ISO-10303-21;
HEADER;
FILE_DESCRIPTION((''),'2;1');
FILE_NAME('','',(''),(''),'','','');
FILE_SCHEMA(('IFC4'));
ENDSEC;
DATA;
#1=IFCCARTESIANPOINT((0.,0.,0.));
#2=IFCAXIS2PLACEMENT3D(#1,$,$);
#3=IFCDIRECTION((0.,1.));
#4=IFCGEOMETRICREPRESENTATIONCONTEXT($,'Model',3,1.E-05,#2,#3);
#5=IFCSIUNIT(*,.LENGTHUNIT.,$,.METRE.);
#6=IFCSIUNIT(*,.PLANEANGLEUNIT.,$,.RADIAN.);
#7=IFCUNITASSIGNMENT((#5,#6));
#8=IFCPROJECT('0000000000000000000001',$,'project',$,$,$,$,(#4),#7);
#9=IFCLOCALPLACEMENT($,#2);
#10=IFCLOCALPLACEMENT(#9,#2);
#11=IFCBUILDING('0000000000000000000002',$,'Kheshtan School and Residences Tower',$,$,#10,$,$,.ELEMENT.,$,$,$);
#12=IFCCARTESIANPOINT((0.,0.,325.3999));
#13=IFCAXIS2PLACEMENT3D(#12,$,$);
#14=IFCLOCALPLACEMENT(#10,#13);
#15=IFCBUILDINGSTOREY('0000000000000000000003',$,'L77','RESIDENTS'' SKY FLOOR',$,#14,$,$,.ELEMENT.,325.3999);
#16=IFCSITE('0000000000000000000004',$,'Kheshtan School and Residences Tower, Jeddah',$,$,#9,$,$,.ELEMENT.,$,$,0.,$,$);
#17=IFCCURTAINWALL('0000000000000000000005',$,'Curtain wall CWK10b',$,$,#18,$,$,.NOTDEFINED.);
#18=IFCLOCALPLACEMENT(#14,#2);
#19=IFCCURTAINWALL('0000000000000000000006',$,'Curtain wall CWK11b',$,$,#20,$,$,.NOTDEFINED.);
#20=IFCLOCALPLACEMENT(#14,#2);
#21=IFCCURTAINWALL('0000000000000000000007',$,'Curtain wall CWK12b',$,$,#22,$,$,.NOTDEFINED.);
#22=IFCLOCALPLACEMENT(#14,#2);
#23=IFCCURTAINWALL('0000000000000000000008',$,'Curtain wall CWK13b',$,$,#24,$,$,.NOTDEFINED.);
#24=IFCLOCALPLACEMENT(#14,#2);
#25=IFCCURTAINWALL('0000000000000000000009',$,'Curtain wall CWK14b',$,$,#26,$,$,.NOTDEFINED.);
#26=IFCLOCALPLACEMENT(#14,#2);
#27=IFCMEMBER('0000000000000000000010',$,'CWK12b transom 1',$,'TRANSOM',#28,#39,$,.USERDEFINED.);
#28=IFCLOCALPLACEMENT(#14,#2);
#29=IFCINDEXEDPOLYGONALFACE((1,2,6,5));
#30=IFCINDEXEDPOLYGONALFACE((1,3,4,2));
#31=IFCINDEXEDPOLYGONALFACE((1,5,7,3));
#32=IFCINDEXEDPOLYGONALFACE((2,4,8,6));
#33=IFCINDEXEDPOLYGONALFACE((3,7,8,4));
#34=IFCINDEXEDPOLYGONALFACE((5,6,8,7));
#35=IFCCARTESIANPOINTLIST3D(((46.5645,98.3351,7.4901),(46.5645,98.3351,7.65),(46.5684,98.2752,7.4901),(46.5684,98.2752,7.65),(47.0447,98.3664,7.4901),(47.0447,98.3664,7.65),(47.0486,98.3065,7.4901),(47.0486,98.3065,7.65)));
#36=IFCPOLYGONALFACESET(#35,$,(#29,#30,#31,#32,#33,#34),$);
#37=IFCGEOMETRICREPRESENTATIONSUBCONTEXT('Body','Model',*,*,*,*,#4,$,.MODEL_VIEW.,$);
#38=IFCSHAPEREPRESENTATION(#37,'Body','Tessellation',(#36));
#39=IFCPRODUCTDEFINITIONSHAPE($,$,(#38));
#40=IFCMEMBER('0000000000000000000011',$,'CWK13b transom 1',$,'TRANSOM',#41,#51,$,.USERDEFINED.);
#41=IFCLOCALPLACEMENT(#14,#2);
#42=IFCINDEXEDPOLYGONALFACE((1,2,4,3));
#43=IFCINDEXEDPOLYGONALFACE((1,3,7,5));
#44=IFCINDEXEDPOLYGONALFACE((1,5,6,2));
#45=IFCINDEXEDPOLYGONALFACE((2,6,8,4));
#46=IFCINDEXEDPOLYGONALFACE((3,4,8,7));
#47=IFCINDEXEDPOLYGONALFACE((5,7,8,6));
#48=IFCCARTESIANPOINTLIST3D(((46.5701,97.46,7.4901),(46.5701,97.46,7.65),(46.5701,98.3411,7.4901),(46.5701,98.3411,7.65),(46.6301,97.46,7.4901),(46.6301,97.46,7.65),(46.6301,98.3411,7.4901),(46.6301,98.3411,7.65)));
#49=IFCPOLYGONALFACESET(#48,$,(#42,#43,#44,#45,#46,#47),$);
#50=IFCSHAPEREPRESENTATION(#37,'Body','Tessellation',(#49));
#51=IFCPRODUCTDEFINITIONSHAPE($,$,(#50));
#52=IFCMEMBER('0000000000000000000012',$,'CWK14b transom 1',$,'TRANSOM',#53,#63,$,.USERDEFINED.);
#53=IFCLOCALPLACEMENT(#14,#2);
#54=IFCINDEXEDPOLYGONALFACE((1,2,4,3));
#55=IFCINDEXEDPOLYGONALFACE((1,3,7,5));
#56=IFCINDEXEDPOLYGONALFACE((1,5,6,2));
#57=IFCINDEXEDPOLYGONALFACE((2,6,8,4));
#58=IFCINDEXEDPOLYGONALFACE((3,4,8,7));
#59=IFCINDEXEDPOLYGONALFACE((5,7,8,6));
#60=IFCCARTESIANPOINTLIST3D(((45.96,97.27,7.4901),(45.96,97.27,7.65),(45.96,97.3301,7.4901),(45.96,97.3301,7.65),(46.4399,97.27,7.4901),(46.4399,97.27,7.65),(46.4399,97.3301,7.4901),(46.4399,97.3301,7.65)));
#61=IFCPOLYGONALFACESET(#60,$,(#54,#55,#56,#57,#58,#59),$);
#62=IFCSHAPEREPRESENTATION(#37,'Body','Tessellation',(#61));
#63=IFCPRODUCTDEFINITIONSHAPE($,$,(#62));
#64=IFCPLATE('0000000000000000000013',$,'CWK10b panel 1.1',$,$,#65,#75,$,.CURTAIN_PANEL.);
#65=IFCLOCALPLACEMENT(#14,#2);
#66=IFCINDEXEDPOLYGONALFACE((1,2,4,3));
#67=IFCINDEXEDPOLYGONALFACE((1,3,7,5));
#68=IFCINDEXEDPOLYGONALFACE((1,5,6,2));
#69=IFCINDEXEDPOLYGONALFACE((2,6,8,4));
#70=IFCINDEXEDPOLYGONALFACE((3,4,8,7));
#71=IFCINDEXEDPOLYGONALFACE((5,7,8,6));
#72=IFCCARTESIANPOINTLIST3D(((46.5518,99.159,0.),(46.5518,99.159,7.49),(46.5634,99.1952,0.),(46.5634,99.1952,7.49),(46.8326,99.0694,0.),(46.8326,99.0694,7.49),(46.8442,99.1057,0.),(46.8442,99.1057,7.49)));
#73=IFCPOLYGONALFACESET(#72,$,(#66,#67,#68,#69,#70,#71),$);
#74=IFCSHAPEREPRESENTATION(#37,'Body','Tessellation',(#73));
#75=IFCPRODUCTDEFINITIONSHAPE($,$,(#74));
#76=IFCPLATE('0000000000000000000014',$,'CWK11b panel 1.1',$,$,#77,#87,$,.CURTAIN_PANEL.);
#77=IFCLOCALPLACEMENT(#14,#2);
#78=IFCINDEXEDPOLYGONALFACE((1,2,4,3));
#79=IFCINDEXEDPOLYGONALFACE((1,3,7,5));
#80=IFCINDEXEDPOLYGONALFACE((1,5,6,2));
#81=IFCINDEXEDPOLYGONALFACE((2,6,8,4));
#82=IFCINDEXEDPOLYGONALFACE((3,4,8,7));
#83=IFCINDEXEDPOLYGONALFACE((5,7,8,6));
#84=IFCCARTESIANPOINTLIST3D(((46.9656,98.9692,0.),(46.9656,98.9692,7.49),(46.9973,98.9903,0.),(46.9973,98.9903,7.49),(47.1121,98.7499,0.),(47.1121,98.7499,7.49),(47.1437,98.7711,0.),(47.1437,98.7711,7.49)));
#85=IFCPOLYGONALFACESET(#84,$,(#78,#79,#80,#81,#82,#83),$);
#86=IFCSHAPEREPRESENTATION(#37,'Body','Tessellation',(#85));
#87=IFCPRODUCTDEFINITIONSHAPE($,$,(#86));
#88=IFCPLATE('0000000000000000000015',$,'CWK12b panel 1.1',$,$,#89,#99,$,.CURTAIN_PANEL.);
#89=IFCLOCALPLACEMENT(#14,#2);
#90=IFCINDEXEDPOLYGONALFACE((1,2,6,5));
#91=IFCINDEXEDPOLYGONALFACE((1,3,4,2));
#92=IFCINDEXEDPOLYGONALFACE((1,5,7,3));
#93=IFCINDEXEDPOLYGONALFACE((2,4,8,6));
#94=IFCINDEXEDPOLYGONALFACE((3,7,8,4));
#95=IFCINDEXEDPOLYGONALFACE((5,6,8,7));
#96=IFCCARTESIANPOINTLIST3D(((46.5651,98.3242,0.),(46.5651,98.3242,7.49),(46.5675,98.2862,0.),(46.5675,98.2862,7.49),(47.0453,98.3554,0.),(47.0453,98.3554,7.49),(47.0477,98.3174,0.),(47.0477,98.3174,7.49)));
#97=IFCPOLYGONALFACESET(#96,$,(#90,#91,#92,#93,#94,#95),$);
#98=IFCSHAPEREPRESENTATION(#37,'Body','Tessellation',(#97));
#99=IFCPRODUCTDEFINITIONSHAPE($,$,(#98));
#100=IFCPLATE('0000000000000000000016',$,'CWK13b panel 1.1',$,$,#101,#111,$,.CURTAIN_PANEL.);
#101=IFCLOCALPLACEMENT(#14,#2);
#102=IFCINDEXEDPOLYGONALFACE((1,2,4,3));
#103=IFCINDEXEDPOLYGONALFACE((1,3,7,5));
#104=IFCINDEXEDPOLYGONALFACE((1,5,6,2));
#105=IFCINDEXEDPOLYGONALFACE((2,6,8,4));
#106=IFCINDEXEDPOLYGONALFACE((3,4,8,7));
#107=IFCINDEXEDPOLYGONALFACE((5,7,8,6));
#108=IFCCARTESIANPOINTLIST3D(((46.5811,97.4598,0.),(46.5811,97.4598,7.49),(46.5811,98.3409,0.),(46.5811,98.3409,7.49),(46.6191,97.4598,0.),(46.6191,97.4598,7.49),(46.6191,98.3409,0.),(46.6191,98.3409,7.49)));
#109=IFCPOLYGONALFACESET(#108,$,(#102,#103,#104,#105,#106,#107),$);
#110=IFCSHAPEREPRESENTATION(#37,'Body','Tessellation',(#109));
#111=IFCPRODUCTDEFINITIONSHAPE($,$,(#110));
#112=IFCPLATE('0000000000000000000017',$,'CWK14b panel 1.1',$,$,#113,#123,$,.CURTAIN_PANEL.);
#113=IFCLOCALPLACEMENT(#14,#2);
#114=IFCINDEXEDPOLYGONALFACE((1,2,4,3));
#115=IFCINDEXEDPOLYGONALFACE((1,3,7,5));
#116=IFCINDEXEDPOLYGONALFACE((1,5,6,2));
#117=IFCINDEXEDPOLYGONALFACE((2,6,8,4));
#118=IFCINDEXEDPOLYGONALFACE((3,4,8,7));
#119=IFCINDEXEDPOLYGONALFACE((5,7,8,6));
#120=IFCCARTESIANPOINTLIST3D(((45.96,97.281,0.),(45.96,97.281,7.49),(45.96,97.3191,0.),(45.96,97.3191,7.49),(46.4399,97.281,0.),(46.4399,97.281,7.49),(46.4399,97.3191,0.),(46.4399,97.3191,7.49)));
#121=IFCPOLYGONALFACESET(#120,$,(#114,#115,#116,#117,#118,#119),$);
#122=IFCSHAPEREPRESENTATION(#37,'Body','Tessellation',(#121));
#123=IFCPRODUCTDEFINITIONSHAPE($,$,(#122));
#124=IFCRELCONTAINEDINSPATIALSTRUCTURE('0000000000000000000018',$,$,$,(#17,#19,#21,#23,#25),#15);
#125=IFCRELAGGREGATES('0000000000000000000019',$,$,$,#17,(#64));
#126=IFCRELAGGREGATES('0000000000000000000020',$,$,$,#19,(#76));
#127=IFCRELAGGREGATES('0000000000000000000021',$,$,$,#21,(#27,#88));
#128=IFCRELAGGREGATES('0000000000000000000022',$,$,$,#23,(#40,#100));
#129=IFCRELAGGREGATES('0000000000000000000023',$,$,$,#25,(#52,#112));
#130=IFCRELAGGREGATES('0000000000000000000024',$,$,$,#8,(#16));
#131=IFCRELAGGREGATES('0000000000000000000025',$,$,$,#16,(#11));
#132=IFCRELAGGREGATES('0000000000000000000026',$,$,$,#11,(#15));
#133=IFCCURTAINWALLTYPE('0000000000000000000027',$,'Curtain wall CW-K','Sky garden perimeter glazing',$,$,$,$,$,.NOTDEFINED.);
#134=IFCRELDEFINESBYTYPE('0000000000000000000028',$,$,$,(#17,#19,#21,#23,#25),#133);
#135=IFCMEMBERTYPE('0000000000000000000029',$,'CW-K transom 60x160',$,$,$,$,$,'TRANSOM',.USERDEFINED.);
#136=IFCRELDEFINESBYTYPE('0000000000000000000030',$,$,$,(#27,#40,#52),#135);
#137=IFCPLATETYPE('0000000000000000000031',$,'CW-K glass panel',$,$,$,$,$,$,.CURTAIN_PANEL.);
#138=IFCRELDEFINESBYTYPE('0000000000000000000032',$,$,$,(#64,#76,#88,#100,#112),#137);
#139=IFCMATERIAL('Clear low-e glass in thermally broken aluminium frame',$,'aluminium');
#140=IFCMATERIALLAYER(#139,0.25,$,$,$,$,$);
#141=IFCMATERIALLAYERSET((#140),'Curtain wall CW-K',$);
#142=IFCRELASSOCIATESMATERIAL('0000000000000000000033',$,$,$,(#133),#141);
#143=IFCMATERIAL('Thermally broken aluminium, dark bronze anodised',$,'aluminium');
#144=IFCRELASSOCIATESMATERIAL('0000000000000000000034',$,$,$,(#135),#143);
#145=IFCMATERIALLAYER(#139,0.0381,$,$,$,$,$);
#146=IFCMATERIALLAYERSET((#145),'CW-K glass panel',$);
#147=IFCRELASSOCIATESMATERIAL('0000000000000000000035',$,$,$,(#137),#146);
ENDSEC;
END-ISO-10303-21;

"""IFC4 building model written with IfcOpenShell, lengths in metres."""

from ifc_helpers import new_model, si_unit, direction, frame, origin, origin_2d, place, context, subcontext, project, spatial, rectangle, extrude, material, layer, layer_set, material_profile, profile_set, type_object, element, aggregate, save


model = new_model("IFC4")

# Units and contexts
model_context = context("Model", 3, precision=1e-05, world=origin(), true_north=direction((0.0, 1.0)))
body_context = subcontext(model_context, "Body", "Model", "MODEL_VIEW")
ifc_project = project(units=[si_unit("LENGTHUNIT", "METRE"), si_unit("PLANEANGLEUNIT", "RADIAN")], contexts=[model_context])

# Site, building, storey
site_placement = place(None, origin())
site = spatial("IfcSite", under=ifc_project, at=site_placement, Name="Kheshtan School and Residences Tower, Jeddah", CompositionType="ELEMENT", RefElevation=0.0)
building_placement = place(site_placement, origin())
building = spatial("IfcBuilding", under=site, at=building_placement, Name="Kheshtan School and Residences Tower", CompositionType="ELEMENT")
storey_placement = place(building_placement, frame((0.0, 0.0, 325.3999)))
storey = spatial("IfcBuildingStorey", under=building, at=storey_placement, Name="L77", Description="RESIDENTS' SKY FLOOR", CompositionType="ELEMENT", Elevation=325.3999)

# Shared definitions
ifc_material_1 = material(Name="Clear low-e glass in thermally broken aluminium frame", Category="aluminium")
ifc_material_2 = material(Name="Thermally broken aluminium, dark bronze anodised", Category="aluminium")

# Shared definitions
ifc_layer_1 = layer(ifc_material_1, 0.25)
ifc_layer_set_1 = layer_set([ifc_layer_1], Name="Curtain wall CW-K")
curtain_wall_type_1 = type_object("IfcCurtainWallType", Name="Curtain wall CW-K", Description="Sky garden perimeter glazing", PredefinedType="NOTDEFINED", material=ifc_layer_set_1)

# Curtain walls
curtain_wall_1_placement = place(storey_placement, origin())
curtain_wall_1 = element("IfcCurtainWall", 1, at=curtain_wall_1_placement, inside=storey, type_object=curtain_wall_type_1, Name="Curtain wall CWK10b", PredefinedType="NOTDEFINED")
curtain_wall_2_placement = place(storey_placement, origin())
curtain_wall_2 = element("IfcCurtainWall", 2, at=curtain_wall_2_placement, inside=storey, type_object=curtain_wall_type_1, Name="Curtain wall CWK11b", PredefinedType="NOTDEFINED")
curtain_wall_3_placement = place(storey_placement, origin())
curtain_wall_3 = element("IfcCurtainWall", 3, at=curtain_wall_3_placement, inside=storey, type_object=curtain_wall_type_1, Name="Curtain wall CWK12b", PredefinedType="NOTDEFINED")
curtain_wall_4_placement = place(storey_placement, origin())
curtain_wall_4 = element("IfcCurtainWall", 4, at=curtain_wall_4_placement, inside=storey, type_object=curtain_wall_type_1, Name="Curtain wall CWK13b", PredefinedType="NOTDEFINED")

# Curtain wall
curtain_wall_5_placement = place(storey_placement, origin())
curtain_wall_5 = element("IfcCurtainWall", 5, at=curtain_wall_5_placement, inside=storey, type_object=curtain_wall_type_1, Name="Curtain wall CWK14b", PredefinedType="NOTDEFINED")

# Members
ifc_material_profile_1 = material_profile(ifc_material_2, rectangle(XDim=0.0601, YDim=0.1599, at=origin_2d()), Name="CW-K transom 60x160")
ifc_profile_set_1 = profile_set([ifc_material_profile_1], Name="Thermally broken aluminium, dark bronze anodised")
member_type_1 = type_object("IfcMemberType", Name="CW-K transom 60x160", ElementType="TRANSOM", PredefinedType="USERDEFINED", material=ifc_profile_set_1)
member_1_placement = place(storey_placement, frame((47.0466, 98.3364, 7.5701), z_axis=(-0.997889, -0.064936, 0.0), x_axis=(0.064936, -0.997889, 0.0)))
member_1 = element("IfcMember", 6, at=member_1_placement, type_object=member_type_1, Name="CWK12b transom 1", ObjectType="TRANSOM", PredefinedType="USERDEFINED", context=body_context, shape_type="SweptSolid", body=[
    extrude(rectangle(XDim=0.0601, YDim=0.1599, at=origin_2d()), origin(), (0.0, 0.0, 1.0), 0.4812),
])
member_2_placement = place(storey_placement, frame((46.6001, 98.3411, 7.5701), z_axis=(0.0, -1.0, 0.0), x_axis=(1.0, 0.0, 0.0)))
member_2 = element("IfcMember", 7, at=member_2_placement, type_object=member_type_1, Name="CWK13b transom 1", ObjectType="TRANSOM", PredefinedType="USERDEFINED", context=body_context, shape_type="SweptSolid", body=[
    extrude(rectangle(XDim=0.0601, YDim=0.1599, at=origin_2d()), origin(), (0.0, 0.0, 1.0), 0.8811),
])
member_3_placement = place(storey_placement, frame((46.4399, 97.3, 7.5701), z_axis=(-1.0, 0.0, 0.0), x_axis=(0.0, -1.0, 0.0)))
member_3 = element("IfcMember", 8, at=member_3_placement, type_object=member_type_1, Name="CWK14b transom 1", ObjectType="TRANSOM", PredefinedType="USERDEFINED", context=body_context, shape_type="SweptSolid", body=[
    extrude(rectangle(XDim=0.0601, YDim=0.1599, at=origin_2d()), origin(), (0.0, 0.0, 1.0), 0.48),
])

# Plates
ifc_layer_2 = layer(ifc_material_1, 0.0381)
ifc_layer_set_2 = layer_set([ifc_layer_2], Name="CW-K glass panel")
plate_type = type_object("IfcPlateType", Name="CW-K glass panel", PredefinedType="CURTAIN_PANEL", material=ifc_layer_set_2)
plate_1_placement = place(storey_placement, frame((46.698, 99.1323, 0.0), z_axis=(0.0, 0.0, 1.0), x_axis=(0.952704, -0.3039, 0.0)))
plate_1 = element("IfcPlate", 9, at=plate_1_placement, type_object=plate_type, Name="CWK10b panel 1.1", PredefinedType="CURTAIN_PANEL", context=body_context, shape_type="SweptSolid", body=[
    extrude(rectangle(XDim=0.2947, YDim=0.0381, at=origin_2d()), origin(), (0.0, 0.0, 1.0), 7.49),
])
aggregate(curtain_wall_1, [plate_1])
plate_2_placement = place(storey_placement, frame((47.0547, 98.8701, 0.0), z_axis=(0.0, 0.0, 1.0), x_axis=(0.555302, -0.831649, 0.0)))
plate_2 = element("IfcPlate", 10, at=plate_2_placement, type_object=plate_type, Name="CWK11b panel 1.1", PredefinedType="CURTAIN_PANEL", context=body_context, shape_type="SweptSolid", body=[
    extrude(rectangle(XDim=0.2637, YDim=0.0381, at=origin_2d()), origin(), (0.0, 0.0, 1.0), 7.49),
])
aggregate(curtain_wall_2, [plate_2])
plate_3_placement = place(storey_placement, frame((46.8064, 98.3208, 0.0), z_axis=(0.0, 0.0, 1.0), x_axis=(-0.997894, -0.064863, 0.0)))
plate_3 = element("IfcPlate", 11, at=plate_3_placement, type_object=plate_type, Name="CWK12b panel 1.1", PredefinedType="CURTAIN_PANEL", context=body_context, shape_type="SweptSolid", body=[
    extrude(rectangle(XDim=0.4812, YDim=0.0381, at=origin_2d()), origin(), (0.0, 0.0, 1.0), 7.49),
])
aggregate(curtain_wall_3, [member_1, plate_3])
plate_4_placement = place(storey_placement, frame((46.6001, 97.9004, 0.0), z_axis=(0.0, 0.0, 1.0), x_axis=(0.0, -1.0, 0.0)))
plate_4 = element("IfcPlate", 12, at=plate_4_placement, type_object=plate_type, Name="CWK13b panel 1.1", PredefinedType="CURTAIN_PANEL", context=body_context, shape_type="SweptSolid", body=[
    extrude(rectangle(XDim=0.8811, YDim=0.0381, at=origin_2d()), origin(), (0.0, 0.0, 1.0), 7.49),
])
aggregate(curtain_wall_4, [member_2, plate_4])
plate_5_placement = place(storey_placement, frame((46.2, 97.3, 0.0), z_axis=(0.0, 0.0, 1.0), x_axis=(-1.0, 0.0, 0.0)))
plate_5 = element("IfcPlate", 13, at=plate_5_placement, type_object=plate_type, Name="CWK14b panel 1.1", PredefinedType="CURTAIN_PANEL", context=body_context, shape_type="SweptSolid", body=[
    extrude(rectangle(XDim=0.48, YDim=0.0381, at=origin_2d()), origin(), (0.0, 0.0, 1.0), 7.49),
])
aggregate(curtain_wall_5, [member_3, plate_5])

save(model, "model.ifc")
